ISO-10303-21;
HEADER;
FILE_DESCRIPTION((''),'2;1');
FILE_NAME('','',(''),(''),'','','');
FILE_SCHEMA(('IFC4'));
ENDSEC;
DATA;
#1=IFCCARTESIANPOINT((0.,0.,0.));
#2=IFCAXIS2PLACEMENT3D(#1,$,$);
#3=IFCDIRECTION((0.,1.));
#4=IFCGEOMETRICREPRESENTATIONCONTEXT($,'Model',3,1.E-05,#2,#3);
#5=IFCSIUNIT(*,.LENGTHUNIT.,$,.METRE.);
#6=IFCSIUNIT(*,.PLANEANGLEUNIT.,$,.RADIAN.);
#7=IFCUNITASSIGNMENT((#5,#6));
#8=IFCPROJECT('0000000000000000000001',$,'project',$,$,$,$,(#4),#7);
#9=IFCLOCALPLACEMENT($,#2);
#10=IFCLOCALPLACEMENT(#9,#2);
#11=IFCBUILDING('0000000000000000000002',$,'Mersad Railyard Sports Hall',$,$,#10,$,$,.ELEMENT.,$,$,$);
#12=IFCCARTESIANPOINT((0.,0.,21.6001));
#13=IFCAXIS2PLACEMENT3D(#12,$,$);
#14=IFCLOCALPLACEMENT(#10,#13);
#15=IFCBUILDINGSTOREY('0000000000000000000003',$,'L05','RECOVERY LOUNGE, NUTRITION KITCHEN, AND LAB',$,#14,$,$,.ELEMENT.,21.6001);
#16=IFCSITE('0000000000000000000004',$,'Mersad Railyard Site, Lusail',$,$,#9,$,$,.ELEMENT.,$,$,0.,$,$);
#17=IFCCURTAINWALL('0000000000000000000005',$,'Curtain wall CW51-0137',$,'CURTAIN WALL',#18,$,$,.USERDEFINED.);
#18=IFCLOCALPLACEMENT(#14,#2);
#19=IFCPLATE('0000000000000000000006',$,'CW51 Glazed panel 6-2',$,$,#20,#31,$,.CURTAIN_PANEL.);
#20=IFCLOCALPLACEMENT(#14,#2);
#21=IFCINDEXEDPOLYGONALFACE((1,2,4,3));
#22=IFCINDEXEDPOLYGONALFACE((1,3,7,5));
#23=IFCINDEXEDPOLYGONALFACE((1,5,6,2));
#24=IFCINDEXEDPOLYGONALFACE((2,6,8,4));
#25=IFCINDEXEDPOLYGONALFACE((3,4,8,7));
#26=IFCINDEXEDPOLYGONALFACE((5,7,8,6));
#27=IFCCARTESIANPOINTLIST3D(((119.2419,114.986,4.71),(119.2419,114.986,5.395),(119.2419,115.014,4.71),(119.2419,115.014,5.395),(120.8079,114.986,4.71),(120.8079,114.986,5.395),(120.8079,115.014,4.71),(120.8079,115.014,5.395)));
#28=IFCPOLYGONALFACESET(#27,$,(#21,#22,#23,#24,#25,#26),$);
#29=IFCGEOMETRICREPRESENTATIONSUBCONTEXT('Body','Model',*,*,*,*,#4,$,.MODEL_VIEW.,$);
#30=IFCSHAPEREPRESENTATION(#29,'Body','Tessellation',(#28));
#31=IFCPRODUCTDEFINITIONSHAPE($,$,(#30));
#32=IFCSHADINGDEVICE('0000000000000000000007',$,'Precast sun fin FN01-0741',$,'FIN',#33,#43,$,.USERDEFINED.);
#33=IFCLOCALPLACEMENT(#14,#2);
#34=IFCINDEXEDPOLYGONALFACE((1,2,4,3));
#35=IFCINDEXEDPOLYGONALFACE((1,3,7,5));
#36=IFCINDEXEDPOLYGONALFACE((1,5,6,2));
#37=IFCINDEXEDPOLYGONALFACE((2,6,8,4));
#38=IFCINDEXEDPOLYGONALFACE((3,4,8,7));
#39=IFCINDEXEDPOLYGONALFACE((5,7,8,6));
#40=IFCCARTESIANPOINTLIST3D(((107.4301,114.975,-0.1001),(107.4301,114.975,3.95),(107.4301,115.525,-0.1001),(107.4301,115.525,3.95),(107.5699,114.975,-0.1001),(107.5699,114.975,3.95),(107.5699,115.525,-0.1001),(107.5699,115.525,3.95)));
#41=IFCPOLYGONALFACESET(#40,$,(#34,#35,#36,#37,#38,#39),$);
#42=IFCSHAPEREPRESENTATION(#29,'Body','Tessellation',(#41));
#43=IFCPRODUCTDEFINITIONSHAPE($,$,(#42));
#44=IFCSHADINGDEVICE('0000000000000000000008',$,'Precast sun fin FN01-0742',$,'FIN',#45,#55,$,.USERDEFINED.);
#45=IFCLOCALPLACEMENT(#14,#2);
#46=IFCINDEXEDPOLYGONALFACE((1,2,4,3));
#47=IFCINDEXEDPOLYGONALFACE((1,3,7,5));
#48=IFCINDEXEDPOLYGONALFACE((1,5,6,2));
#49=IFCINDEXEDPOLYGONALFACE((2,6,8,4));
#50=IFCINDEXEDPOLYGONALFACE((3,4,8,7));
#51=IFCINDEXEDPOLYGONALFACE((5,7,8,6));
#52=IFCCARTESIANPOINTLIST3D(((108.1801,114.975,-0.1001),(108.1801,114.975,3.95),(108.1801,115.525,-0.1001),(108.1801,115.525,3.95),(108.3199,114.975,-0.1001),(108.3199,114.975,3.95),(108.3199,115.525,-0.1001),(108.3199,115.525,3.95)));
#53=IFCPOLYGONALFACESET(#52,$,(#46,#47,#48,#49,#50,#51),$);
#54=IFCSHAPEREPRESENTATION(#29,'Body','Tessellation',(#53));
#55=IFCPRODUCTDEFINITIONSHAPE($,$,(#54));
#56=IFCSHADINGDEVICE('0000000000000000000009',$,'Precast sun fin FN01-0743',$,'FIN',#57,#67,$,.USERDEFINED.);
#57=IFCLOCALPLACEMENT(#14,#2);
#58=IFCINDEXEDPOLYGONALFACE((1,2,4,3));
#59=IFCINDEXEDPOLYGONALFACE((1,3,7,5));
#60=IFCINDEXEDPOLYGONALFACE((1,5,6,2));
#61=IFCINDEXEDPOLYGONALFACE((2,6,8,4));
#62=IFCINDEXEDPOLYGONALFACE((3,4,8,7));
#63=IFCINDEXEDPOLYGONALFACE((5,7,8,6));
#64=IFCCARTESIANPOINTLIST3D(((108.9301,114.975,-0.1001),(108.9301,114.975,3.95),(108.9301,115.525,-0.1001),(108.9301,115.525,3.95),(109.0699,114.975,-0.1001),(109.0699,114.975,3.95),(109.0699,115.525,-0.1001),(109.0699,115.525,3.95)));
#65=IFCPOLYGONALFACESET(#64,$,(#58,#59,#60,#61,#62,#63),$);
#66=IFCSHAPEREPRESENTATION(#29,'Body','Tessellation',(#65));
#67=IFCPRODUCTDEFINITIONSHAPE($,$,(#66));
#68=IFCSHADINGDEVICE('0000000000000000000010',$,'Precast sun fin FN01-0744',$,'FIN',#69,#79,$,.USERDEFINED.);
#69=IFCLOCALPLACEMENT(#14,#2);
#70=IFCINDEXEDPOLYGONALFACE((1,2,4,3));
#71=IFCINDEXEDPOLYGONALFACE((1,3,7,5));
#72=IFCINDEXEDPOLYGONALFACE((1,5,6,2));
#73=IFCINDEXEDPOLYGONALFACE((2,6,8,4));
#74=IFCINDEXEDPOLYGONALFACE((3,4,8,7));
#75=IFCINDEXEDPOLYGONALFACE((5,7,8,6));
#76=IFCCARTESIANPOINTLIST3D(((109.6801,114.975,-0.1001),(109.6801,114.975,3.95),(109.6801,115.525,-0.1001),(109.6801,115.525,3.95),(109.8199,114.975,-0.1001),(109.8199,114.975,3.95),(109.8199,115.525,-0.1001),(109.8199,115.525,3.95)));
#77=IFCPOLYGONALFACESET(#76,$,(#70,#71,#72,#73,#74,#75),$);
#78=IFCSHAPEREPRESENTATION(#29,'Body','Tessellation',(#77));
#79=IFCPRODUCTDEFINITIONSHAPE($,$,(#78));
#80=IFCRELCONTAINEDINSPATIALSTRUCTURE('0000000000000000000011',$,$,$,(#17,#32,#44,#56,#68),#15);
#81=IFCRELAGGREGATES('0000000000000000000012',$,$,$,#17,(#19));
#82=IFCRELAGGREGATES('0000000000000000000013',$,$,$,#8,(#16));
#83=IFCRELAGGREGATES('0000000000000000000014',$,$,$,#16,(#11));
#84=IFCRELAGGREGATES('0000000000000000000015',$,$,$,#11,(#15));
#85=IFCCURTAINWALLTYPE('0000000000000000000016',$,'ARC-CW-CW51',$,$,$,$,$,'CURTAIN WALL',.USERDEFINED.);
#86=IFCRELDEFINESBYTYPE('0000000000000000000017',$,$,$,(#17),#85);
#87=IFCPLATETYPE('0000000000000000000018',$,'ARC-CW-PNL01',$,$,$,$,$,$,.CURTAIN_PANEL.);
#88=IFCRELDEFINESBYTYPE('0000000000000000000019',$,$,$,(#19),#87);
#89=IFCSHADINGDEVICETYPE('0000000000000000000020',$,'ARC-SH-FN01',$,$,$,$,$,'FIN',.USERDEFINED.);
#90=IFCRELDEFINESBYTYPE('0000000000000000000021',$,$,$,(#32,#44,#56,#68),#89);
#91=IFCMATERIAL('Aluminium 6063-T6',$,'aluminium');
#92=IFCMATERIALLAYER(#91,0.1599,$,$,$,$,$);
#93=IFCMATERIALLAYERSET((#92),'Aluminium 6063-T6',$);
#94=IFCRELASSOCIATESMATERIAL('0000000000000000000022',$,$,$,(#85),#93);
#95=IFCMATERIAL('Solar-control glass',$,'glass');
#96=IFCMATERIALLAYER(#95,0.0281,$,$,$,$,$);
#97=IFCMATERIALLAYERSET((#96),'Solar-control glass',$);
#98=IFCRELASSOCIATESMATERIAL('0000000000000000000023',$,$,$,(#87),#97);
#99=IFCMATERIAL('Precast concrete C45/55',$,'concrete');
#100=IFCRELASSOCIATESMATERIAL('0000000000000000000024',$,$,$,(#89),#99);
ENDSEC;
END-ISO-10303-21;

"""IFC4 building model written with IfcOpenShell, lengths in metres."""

from ifc_helpers import new_model, si_unit, direction, frame, origin, origin_2d, place, context, subcontext, project, spatial, rectangle, extrude, material, layer, layer_set, type_object, element, aggregate, save


model = new_model("IFC4")

# Units and contexts
model_context = context("Model", 3, precision=1e-05, world=origin(), true_north=direction((0.0, 1.0)))
body_context = subcontext(model_context, "Body", "Model", "MODEL_VIEW")
ifc_project = project(units=[si_unit("LENGTHUNIT", "METRE"), si_unit("PLANEANGLEUNIT", "RADIAN")], contexts=[model_context])

# Site, building, storey
site_placement = place(None, origin())
site = spatial("IfcSite", under=ifc_project, at=site_placement, Name="Mersad Railyard Site, Lusail", CompositionType="ELEMENT", RefElevation=0.0)
building_placement = place(site_placement, origin())
building = spatial("IfcBuilding", under=site, at=building_placement, Name="Mersad Railyard Sports Hall", CompositionType="ELEMENT")
storey_placement = place(building_placement, frame((0.0, 0.0, 21.6001)))
storey = spatial("IfcBuildingStorey", under=building, at=storey_placement, Name="L05", Description="RECOVERY LOUNGE, NUTRITION KITCHEN, AND LAB", CompositionType="ELEMENT", Elevation=21.6001)

# Curtain wall, plate
ifc_material_1 = material(Name="Aluminium 6063-T6", Category="aluminium")
ifc_layer_1 = layer(ifc_material_1, 0.1599)
ifc_layer_set_1 = layer_set([ifc_layer_1], Name="Aluminium 6063-T6")
curtain_wall_type = type_object("IfcCurtainWallType", Name="ARC-CW-CW51", ElementType="CURTAIN WALL", PredefinedType="USERDEFINED", material=ifc_layer_set_1)
curtain_wall_placement = place(storey_placement, origin())
curtain_wall = element("IfcCurtainWall", 1, at=curtain_wall_placement, inside=storey, type_object=curtain_wall_type, Name="Curtain wall CW51-0137", ObjectType="CURTAIN WALL", PredefinedType="USERDEFINED")
ifc_material_2 = material(Name="Solar-control glass", Category="glass")
ifc_layer_2 = layer(ifc_material_2, 0.0281)
ifc_layer_set_2 = layer_set([ifc_layer_2], Name="Solar-control glass")
plate_type = type_object("IfcPlateType", Name="ARC-CW-PNL01", PredefinedType="CURTAIN_PANEL", material=ifc_layer_set_2)
plate_1_placement = place(storey_placement, frame((120.0249, 115.0, 4.71), z_axis=(0.0, 0.0, 1.0), x_axis=(1.0, 0.0, 0.0)))
plate_1 = element("IfcPlate", 2, at=plate_1_placement, type_object=plate_type, Name="CW51 Glazed panel 6-2", PredefinedType="CURTAIN_PANEL", context=body_context, shape_type="SweptSolid", body=[
    extrude(rectangle(XDim=1.5659, YDim=0.0281, at=origin_2d()), origin(), (0.0, 0.0, 1.0), 0.6851),
])
aggregate(curtain_wall, [plate_1])

# Shading devices
ifc_material_3 = material(Name="Precast concrete C45/55", Category="concrete")
shading_device_type = type_object("IfcShadingDeviceType", Name="ARC-SH-FN01", ElementType="FIN", PredefinedType="USERDEFINED", material=ifc_material_3)
for number, where, z_axis, x_axis, name in (
    (3, (107.5, 115.25, -0.1001), (0.0, 0.0, 1.0), (1.0, 0.0, 0.0), "Precast sun fin FN01-0741"),
    (4, (108.25, 115.25, -0.1001), (0.0, 0.0, 1.0), (1.0, 0.0, 0.0), "Precast sun fin FN01-0742"),
    (5, (109.0, 115.25, -0.1001), (0.0, 0.0, 1.0), (1.0, 0.0, 0.0), "Precast sun fin FN01-0743"),
    (6, (109.75, 115.25, -0.1001), (0.0, 0.0, 1.0), (1.0, 0.0, 0.0), "Precast sun fin FN01-0744"),
):
    element("IfcShadingDevice", number, at=place(storey_placement, frame(where, z_axis=z_axis, x_axis=x_axis)), inside=storey, type_object=shading_device_type, Name=name, ObjectType="FIN", PredefinedType="USERDEFINED", context=body_context, shape_type="SweptSolid", body=[
        extrude(rectangle(XDim=0.1399, YDim=0.55, at=origin_2d()), origin(), (0.0, 0.0, 1.0), 4.05),
    ])

save(model, "model.ifc")
